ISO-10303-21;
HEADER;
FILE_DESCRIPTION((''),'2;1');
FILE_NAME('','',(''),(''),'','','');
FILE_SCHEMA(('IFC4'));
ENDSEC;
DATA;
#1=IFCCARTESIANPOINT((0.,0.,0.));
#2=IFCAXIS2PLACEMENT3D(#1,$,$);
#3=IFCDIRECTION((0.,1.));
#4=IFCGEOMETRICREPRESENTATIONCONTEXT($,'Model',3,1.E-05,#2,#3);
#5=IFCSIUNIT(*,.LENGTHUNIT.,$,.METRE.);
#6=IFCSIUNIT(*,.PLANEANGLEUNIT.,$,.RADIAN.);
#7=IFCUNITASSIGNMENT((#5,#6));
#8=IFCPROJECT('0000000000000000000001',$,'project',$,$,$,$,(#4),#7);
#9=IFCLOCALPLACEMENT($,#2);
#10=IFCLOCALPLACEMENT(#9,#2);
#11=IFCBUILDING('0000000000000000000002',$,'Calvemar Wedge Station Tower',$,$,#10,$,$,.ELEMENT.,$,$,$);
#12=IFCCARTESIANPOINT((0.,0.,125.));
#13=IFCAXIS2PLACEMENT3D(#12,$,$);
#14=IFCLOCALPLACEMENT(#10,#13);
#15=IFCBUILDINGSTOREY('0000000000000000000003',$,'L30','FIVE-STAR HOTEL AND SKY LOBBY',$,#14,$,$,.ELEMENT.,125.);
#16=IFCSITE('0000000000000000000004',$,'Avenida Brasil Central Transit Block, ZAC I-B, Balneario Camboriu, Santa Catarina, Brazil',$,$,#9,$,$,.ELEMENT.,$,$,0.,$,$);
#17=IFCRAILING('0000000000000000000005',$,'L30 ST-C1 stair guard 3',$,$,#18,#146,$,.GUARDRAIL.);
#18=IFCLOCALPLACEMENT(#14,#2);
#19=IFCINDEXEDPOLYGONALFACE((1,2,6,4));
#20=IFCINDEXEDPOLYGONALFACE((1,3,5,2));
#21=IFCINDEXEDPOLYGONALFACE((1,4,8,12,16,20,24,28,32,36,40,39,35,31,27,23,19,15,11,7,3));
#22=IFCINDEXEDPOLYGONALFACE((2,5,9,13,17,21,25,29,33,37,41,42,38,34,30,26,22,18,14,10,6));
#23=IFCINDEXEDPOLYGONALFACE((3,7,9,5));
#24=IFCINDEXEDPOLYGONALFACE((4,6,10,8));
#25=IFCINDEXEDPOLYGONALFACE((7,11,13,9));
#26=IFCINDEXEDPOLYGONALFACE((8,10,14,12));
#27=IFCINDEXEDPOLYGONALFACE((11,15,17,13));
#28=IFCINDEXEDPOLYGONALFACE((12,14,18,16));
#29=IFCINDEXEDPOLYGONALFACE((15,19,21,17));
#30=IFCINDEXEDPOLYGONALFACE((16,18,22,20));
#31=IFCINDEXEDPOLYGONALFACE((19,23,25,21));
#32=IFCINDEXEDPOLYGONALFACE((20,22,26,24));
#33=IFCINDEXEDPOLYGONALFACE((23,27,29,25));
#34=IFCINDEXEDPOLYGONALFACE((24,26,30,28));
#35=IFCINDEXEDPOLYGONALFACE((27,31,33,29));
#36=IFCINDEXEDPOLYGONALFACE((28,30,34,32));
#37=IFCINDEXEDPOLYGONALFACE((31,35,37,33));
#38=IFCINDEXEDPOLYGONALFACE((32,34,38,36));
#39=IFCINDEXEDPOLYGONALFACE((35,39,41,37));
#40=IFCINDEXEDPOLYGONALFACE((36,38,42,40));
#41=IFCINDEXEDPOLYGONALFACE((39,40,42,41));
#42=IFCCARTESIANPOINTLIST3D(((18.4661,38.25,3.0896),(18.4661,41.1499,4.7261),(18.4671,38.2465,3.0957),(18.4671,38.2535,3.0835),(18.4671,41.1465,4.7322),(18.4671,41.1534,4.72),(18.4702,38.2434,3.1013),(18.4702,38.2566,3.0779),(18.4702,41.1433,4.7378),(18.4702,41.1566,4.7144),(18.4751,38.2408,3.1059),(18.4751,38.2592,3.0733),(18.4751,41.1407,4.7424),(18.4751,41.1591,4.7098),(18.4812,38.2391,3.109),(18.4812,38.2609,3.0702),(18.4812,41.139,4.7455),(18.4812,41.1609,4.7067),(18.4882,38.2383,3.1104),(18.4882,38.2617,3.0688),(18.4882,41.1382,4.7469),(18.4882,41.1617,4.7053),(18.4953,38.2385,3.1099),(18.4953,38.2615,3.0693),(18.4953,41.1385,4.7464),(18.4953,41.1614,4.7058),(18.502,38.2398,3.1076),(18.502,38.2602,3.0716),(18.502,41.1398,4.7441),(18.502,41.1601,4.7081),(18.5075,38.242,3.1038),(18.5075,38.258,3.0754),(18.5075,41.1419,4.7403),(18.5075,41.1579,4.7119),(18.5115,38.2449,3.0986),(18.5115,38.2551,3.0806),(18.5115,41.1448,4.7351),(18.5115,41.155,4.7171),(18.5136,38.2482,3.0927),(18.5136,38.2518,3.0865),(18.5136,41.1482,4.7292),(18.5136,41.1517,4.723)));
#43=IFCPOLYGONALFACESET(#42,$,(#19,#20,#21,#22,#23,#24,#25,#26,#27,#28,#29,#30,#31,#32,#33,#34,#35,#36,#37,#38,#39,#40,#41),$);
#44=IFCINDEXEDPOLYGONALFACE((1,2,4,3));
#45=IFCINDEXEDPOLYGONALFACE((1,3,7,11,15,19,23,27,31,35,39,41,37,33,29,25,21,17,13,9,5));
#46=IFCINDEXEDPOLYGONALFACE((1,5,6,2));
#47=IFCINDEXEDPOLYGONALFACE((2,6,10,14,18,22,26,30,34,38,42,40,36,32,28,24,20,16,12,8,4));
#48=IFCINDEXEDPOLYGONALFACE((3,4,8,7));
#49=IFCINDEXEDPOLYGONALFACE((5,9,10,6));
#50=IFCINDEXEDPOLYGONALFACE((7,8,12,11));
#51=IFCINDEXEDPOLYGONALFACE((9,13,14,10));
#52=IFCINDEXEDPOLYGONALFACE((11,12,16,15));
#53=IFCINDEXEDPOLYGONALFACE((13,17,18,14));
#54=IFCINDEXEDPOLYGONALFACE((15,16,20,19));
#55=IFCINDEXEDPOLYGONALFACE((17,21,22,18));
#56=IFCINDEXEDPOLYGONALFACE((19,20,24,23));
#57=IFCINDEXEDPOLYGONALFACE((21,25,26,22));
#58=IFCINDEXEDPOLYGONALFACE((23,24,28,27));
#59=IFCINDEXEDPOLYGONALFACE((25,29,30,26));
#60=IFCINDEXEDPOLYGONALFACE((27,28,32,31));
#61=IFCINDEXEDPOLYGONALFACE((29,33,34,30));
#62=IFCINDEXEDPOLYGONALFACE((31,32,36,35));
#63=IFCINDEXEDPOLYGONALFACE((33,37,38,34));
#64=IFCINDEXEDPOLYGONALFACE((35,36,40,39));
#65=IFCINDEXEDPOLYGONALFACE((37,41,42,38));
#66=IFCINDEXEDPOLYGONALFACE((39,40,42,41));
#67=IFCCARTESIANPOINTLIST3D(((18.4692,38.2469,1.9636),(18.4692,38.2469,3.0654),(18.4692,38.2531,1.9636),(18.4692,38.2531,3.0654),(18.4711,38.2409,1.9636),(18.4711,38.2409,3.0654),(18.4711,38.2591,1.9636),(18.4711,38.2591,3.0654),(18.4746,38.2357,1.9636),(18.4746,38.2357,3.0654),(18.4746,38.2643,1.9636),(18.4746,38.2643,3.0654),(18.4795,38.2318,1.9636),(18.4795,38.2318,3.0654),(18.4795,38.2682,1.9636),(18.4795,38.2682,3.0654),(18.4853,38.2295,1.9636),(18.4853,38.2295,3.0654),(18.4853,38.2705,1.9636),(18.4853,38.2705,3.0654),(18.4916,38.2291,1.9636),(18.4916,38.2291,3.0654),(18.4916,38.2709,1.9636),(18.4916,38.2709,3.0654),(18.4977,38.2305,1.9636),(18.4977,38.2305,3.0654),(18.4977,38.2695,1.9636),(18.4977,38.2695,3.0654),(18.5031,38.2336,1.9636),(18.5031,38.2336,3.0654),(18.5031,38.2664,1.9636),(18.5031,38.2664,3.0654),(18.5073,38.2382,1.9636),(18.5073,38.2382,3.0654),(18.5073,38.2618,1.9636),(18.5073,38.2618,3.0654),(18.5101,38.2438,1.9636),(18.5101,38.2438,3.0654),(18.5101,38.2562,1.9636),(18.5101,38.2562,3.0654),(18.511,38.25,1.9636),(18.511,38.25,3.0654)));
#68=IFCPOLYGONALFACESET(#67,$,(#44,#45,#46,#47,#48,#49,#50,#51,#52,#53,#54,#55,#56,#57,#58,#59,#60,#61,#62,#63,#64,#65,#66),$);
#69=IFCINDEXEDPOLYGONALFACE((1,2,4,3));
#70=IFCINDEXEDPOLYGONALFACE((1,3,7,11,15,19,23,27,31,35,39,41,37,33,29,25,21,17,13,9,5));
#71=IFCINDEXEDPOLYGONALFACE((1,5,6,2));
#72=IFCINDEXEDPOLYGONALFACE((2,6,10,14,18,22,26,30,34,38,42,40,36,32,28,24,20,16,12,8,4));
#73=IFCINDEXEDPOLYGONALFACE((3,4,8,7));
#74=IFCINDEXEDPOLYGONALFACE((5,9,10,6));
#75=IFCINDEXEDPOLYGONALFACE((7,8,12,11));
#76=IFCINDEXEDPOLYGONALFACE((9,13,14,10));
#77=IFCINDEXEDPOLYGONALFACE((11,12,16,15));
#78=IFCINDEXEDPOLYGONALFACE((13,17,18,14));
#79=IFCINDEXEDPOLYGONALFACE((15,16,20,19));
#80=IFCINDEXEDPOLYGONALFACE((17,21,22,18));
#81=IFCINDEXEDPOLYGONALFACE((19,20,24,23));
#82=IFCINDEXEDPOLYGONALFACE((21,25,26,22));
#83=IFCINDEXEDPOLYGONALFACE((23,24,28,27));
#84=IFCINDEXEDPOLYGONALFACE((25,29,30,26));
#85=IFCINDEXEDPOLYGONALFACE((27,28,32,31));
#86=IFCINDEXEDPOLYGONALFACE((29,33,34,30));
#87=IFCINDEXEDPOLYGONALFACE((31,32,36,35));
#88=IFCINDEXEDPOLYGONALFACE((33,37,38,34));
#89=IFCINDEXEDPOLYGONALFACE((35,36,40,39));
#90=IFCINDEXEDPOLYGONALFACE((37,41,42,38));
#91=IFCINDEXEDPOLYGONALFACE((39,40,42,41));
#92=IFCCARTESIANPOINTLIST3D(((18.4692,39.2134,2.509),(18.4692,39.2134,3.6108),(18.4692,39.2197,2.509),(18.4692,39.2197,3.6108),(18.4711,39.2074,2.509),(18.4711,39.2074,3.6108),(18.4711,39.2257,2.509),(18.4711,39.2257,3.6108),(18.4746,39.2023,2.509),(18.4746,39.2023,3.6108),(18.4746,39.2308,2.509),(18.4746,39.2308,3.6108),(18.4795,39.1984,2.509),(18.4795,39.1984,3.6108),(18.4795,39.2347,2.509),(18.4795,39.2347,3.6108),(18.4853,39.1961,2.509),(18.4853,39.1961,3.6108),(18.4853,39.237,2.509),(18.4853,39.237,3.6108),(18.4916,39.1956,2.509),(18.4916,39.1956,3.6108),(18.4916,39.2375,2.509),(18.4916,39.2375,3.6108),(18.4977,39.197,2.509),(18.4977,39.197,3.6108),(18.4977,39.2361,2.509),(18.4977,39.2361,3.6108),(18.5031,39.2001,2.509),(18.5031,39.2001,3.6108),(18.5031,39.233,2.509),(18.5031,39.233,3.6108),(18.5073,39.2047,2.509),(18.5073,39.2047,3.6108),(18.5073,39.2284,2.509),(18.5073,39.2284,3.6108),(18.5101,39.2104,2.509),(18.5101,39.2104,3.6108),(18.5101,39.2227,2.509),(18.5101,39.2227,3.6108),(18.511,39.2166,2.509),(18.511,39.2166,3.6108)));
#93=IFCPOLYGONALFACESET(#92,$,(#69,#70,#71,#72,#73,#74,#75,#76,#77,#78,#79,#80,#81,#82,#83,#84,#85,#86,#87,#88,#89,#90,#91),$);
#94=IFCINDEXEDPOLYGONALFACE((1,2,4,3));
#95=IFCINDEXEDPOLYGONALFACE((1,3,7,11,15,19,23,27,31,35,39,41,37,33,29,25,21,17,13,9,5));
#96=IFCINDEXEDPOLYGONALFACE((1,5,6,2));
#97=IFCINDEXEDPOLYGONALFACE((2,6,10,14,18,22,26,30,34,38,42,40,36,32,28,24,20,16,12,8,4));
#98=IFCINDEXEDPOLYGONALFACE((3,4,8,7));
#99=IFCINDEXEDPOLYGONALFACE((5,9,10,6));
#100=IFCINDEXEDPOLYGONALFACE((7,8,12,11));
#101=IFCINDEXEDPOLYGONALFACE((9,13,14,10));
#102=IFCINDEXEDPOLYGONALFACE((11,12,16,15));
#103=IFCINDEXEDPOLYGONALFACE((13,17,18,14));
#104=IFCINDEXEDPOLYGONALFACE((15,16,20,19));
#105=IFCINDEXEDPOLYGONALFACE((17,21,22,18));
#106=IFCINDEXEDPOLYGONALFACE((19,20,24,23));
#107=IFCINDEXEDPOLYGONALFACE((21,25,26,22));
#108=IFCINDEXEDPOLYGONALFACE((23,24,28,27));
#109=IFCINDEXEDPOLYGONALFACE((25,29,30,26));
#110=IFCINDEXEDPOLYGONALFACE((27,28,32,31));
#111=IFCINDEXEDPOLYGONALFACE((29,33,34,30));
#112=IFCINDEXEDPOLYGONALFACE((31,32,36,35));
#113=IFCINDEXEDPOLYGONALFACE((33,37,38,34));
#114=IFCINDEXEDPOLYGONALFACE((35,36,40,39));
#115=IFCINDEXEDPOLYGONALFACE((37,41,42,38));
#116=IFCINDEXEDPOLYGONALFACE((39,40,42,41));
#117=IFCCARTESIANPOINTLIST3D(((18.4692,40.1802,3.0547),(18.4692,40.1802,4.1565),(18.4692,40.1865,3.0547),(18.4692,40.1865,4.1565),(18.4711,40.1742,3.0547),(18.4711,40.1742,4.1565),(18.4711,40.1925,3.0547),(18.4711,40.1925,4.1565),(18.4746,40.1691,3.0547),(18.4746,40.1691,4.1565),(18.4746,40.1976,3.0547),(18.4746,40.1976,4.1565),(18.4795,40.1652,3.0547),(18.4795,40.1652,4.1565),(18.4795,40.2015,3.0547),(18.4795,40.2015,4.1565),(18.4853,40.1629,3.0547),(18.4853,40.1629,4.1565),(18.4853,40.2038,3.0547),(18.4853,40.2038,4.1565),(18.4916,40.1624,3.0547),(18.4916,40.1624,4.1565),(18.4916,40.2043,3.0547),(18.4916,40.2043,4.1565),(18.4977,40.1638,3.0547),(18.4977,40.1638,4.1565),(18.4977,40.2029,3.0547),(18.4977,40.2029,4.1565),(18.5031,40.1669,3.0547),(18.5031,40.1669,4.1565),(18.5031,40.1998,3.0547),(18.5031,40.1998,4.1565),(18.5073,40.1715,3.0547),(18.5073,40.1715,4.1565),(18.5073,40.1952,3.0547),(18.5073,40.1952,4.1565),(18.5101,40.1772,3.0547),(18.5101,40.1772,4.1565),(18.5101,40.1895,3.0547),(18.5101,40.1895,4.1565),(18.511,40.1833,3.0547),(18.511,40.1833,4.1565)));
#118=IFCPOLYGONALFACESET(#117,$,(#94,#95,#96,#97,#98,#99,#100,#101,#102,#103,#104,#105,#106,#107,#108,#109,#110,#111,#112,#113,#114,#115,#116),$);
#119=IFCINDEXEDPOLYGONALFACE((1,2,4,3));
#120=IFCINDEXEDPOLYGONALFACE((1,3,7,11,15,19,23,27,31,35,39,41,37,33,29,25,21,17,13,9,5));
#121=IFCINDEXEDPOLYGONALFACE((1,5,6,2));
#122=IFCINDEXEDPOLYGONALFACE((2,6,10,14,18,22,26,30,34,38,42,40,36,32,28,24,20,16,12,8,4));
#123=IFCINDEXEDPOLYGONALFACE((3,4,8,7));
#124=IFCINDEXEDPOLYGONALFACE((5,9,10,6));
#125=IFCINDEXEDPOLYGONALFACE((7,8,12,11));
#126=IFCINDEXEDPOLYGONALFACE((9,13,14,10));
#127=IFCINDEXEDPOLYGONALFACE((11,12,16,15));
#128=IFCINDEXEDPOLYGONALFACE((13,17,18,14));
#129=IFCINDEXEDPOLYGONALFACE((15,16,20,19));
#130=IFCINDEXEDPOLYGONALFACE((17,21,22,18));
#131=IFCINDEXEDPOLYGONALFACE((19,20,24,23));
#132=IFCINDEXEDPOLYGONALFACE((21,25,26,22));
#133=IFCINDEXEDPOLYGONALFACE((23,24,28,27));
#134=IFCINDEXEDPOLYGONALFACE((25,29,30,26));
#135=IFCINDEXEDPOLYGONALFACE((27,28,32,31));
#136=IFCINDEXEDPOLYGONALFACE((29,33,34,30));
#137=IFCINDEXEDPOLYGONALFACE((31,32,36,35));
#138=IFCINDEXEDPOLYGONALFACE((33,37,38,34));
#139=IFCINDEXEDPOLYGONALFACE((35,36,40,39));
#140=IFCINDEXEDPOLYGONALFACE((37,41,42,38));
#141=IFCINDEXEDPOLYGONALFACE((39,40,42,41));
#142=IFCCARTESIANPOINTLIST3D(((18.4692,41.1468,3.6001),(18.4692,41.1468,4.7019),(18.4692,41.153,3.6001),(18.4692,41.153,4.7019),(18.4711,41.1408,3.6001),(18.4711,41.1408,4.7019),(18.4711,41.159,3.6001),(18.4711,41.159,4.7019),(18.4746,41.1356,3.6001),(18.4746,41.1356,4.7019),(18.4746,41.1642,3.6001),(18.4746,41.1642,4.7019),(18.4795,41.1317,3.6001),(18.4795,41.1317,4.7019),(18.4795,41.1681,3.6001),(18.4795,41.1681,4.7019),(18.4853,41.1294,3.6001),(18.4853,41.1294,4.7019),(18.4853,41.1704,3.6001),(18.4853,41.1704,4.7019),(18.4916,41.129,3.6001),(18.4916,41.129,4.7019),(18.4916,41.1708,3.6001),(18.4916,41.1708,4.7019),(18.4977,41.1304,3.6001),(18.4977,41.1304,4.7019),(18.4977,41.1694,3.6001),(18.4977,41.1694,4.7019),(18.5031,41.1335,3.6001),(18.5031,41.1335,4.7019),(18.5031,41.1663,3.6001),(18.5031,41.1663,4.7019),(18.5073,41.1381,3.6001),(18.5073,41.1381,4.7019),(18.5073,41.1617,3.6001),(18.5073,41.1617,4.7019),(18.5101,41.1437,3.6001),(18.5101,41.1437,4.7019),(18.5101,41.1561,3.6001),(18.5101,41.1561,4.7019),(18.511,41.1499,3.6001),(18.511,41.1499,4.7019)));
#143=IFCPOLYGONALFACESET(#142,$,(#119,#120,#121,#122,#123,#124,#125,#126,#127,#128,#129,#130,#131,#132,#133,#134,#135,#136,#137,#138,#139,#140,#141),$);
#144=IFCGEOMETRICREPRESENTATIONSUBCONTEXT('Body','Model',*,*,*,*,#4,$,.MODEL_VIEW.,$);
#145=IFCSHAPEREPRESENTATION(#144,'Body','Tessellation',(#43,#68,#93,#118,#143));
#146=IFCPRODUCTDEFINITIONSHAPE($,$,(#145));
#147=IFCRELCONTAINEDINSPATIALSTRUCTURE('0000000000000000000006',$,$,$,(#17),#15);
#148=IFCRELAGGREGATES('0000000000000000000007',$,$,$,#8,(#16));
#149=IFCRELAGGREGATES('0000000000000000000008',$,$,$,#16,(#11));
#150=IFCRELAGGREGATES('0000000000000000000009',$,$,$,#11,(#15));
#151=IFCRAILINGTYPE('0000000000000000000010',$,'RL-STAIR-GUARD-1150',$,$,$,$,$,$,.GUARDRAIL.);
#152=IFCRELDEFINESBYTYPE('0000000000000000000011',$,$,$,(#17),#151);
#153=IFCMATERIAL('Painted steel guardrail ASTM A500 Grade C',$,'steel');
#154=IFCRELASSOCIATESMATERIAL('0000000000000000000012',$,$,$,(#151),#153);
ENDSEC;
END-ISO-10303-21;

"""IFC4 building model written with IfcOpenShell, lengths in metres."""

from ifc_helpers import new_model, si_unit, direction, frame, origin, origin_2d, place, context, subcontext, project, spatial, circle, extrude, material, type_object, element, save


model = new_model("IFC4")

# Units and contexts
model_context = context("Model", 3, precision=1e-05, world=origin(), true_north=direction((0.0, 1.0)))
body_context = subcontext(model_context, "Body", "Model", "MODEL_VIEW")
ifc_project = project(units=[si_unit("LENGTHUNIT", "METRE"), si_unit("PLANEANGLEUNIT", "RADIAN")], contexts=[model_context])

# Site, building, storey
site_placement = place(None, origin())
site = spatial("IfcSite", under=ifc_project, at=site_placement, Name="Avenida Brasil Central Transit Block, ZAC I-B, Balneario Camboriu, Santa Catarina, Brazil", CompositionType="ELEMENT", RefElevation=0.0)
building_placement = place(site_placement, origin())
building = spatial("IfcBuilding", under=site, at=building_placement, Name="Calvemar Wedge Station Tower", CompositionType="ELEMENT")
storey_placement = place(building_placement, frame((0.0, 0.0, 125.0)))
storey = spatial("IfcBuildingStorey", under=building, at=storey_placement, Name="L30", Description="FIVE-STAR HOTEL AND SKY LOBBY", CompositionType="ELEMENT", Elevation=125.0)

# Railing
ifc_material_1 = material(Name="Painted steel guardrail ASTM A500 Grade C", Category="steel")
railing_type = type_object("IfcRailingType", Name="RL-STAIR-GUARD-1150", PredefinedType="GUARDRAIL", material=ifc_material_1)
railing_1_placement = place(storey_placement, frame((18.49, 38.25, 1.9636)))
element("IfcRailing", 1, at=railing_1_placement, inside=storey, type_object=railing_type, Name="L30 ST-C1 stair guard 3", PredefinedType="GUARDRAIL", context=body_context, shape_type="SweptSolid", body=[
    extrude(circle(Radius=0.0239, at=origin_2d()), frame((0.0, 0.0, 1.126), z_axis=(0.0, 0.870897, 0.491465), x_axis=(-1.0, 0.0, 0.0)), (0.0, 0.0, 1.0), 3.3298),
    extrude(circle(Radius=0.021, at=origin_2d()), origin(), (0.0, 0.0, 1.0), 1.1018),
    extrude(circle(Radius=0.021, at=origin_2d()), frame((0.0, 0.9666, 0.5454)), (0.0, 0.0, 1.0), 1.1018),
    extrude(circle(Radius=0.021, at=origin_2d()), frame((0.0, 1.9333, 1.0911)), (0.0, 0.0, 1.0), 1.1018),
    extrude(circle(Radius=0.021, at=origin_2d()), frame((0.0, 2.8999, 1.6365)), (0.0, 0.0, 1.0), 1.1018),
])

save(model, "model.ifc")
